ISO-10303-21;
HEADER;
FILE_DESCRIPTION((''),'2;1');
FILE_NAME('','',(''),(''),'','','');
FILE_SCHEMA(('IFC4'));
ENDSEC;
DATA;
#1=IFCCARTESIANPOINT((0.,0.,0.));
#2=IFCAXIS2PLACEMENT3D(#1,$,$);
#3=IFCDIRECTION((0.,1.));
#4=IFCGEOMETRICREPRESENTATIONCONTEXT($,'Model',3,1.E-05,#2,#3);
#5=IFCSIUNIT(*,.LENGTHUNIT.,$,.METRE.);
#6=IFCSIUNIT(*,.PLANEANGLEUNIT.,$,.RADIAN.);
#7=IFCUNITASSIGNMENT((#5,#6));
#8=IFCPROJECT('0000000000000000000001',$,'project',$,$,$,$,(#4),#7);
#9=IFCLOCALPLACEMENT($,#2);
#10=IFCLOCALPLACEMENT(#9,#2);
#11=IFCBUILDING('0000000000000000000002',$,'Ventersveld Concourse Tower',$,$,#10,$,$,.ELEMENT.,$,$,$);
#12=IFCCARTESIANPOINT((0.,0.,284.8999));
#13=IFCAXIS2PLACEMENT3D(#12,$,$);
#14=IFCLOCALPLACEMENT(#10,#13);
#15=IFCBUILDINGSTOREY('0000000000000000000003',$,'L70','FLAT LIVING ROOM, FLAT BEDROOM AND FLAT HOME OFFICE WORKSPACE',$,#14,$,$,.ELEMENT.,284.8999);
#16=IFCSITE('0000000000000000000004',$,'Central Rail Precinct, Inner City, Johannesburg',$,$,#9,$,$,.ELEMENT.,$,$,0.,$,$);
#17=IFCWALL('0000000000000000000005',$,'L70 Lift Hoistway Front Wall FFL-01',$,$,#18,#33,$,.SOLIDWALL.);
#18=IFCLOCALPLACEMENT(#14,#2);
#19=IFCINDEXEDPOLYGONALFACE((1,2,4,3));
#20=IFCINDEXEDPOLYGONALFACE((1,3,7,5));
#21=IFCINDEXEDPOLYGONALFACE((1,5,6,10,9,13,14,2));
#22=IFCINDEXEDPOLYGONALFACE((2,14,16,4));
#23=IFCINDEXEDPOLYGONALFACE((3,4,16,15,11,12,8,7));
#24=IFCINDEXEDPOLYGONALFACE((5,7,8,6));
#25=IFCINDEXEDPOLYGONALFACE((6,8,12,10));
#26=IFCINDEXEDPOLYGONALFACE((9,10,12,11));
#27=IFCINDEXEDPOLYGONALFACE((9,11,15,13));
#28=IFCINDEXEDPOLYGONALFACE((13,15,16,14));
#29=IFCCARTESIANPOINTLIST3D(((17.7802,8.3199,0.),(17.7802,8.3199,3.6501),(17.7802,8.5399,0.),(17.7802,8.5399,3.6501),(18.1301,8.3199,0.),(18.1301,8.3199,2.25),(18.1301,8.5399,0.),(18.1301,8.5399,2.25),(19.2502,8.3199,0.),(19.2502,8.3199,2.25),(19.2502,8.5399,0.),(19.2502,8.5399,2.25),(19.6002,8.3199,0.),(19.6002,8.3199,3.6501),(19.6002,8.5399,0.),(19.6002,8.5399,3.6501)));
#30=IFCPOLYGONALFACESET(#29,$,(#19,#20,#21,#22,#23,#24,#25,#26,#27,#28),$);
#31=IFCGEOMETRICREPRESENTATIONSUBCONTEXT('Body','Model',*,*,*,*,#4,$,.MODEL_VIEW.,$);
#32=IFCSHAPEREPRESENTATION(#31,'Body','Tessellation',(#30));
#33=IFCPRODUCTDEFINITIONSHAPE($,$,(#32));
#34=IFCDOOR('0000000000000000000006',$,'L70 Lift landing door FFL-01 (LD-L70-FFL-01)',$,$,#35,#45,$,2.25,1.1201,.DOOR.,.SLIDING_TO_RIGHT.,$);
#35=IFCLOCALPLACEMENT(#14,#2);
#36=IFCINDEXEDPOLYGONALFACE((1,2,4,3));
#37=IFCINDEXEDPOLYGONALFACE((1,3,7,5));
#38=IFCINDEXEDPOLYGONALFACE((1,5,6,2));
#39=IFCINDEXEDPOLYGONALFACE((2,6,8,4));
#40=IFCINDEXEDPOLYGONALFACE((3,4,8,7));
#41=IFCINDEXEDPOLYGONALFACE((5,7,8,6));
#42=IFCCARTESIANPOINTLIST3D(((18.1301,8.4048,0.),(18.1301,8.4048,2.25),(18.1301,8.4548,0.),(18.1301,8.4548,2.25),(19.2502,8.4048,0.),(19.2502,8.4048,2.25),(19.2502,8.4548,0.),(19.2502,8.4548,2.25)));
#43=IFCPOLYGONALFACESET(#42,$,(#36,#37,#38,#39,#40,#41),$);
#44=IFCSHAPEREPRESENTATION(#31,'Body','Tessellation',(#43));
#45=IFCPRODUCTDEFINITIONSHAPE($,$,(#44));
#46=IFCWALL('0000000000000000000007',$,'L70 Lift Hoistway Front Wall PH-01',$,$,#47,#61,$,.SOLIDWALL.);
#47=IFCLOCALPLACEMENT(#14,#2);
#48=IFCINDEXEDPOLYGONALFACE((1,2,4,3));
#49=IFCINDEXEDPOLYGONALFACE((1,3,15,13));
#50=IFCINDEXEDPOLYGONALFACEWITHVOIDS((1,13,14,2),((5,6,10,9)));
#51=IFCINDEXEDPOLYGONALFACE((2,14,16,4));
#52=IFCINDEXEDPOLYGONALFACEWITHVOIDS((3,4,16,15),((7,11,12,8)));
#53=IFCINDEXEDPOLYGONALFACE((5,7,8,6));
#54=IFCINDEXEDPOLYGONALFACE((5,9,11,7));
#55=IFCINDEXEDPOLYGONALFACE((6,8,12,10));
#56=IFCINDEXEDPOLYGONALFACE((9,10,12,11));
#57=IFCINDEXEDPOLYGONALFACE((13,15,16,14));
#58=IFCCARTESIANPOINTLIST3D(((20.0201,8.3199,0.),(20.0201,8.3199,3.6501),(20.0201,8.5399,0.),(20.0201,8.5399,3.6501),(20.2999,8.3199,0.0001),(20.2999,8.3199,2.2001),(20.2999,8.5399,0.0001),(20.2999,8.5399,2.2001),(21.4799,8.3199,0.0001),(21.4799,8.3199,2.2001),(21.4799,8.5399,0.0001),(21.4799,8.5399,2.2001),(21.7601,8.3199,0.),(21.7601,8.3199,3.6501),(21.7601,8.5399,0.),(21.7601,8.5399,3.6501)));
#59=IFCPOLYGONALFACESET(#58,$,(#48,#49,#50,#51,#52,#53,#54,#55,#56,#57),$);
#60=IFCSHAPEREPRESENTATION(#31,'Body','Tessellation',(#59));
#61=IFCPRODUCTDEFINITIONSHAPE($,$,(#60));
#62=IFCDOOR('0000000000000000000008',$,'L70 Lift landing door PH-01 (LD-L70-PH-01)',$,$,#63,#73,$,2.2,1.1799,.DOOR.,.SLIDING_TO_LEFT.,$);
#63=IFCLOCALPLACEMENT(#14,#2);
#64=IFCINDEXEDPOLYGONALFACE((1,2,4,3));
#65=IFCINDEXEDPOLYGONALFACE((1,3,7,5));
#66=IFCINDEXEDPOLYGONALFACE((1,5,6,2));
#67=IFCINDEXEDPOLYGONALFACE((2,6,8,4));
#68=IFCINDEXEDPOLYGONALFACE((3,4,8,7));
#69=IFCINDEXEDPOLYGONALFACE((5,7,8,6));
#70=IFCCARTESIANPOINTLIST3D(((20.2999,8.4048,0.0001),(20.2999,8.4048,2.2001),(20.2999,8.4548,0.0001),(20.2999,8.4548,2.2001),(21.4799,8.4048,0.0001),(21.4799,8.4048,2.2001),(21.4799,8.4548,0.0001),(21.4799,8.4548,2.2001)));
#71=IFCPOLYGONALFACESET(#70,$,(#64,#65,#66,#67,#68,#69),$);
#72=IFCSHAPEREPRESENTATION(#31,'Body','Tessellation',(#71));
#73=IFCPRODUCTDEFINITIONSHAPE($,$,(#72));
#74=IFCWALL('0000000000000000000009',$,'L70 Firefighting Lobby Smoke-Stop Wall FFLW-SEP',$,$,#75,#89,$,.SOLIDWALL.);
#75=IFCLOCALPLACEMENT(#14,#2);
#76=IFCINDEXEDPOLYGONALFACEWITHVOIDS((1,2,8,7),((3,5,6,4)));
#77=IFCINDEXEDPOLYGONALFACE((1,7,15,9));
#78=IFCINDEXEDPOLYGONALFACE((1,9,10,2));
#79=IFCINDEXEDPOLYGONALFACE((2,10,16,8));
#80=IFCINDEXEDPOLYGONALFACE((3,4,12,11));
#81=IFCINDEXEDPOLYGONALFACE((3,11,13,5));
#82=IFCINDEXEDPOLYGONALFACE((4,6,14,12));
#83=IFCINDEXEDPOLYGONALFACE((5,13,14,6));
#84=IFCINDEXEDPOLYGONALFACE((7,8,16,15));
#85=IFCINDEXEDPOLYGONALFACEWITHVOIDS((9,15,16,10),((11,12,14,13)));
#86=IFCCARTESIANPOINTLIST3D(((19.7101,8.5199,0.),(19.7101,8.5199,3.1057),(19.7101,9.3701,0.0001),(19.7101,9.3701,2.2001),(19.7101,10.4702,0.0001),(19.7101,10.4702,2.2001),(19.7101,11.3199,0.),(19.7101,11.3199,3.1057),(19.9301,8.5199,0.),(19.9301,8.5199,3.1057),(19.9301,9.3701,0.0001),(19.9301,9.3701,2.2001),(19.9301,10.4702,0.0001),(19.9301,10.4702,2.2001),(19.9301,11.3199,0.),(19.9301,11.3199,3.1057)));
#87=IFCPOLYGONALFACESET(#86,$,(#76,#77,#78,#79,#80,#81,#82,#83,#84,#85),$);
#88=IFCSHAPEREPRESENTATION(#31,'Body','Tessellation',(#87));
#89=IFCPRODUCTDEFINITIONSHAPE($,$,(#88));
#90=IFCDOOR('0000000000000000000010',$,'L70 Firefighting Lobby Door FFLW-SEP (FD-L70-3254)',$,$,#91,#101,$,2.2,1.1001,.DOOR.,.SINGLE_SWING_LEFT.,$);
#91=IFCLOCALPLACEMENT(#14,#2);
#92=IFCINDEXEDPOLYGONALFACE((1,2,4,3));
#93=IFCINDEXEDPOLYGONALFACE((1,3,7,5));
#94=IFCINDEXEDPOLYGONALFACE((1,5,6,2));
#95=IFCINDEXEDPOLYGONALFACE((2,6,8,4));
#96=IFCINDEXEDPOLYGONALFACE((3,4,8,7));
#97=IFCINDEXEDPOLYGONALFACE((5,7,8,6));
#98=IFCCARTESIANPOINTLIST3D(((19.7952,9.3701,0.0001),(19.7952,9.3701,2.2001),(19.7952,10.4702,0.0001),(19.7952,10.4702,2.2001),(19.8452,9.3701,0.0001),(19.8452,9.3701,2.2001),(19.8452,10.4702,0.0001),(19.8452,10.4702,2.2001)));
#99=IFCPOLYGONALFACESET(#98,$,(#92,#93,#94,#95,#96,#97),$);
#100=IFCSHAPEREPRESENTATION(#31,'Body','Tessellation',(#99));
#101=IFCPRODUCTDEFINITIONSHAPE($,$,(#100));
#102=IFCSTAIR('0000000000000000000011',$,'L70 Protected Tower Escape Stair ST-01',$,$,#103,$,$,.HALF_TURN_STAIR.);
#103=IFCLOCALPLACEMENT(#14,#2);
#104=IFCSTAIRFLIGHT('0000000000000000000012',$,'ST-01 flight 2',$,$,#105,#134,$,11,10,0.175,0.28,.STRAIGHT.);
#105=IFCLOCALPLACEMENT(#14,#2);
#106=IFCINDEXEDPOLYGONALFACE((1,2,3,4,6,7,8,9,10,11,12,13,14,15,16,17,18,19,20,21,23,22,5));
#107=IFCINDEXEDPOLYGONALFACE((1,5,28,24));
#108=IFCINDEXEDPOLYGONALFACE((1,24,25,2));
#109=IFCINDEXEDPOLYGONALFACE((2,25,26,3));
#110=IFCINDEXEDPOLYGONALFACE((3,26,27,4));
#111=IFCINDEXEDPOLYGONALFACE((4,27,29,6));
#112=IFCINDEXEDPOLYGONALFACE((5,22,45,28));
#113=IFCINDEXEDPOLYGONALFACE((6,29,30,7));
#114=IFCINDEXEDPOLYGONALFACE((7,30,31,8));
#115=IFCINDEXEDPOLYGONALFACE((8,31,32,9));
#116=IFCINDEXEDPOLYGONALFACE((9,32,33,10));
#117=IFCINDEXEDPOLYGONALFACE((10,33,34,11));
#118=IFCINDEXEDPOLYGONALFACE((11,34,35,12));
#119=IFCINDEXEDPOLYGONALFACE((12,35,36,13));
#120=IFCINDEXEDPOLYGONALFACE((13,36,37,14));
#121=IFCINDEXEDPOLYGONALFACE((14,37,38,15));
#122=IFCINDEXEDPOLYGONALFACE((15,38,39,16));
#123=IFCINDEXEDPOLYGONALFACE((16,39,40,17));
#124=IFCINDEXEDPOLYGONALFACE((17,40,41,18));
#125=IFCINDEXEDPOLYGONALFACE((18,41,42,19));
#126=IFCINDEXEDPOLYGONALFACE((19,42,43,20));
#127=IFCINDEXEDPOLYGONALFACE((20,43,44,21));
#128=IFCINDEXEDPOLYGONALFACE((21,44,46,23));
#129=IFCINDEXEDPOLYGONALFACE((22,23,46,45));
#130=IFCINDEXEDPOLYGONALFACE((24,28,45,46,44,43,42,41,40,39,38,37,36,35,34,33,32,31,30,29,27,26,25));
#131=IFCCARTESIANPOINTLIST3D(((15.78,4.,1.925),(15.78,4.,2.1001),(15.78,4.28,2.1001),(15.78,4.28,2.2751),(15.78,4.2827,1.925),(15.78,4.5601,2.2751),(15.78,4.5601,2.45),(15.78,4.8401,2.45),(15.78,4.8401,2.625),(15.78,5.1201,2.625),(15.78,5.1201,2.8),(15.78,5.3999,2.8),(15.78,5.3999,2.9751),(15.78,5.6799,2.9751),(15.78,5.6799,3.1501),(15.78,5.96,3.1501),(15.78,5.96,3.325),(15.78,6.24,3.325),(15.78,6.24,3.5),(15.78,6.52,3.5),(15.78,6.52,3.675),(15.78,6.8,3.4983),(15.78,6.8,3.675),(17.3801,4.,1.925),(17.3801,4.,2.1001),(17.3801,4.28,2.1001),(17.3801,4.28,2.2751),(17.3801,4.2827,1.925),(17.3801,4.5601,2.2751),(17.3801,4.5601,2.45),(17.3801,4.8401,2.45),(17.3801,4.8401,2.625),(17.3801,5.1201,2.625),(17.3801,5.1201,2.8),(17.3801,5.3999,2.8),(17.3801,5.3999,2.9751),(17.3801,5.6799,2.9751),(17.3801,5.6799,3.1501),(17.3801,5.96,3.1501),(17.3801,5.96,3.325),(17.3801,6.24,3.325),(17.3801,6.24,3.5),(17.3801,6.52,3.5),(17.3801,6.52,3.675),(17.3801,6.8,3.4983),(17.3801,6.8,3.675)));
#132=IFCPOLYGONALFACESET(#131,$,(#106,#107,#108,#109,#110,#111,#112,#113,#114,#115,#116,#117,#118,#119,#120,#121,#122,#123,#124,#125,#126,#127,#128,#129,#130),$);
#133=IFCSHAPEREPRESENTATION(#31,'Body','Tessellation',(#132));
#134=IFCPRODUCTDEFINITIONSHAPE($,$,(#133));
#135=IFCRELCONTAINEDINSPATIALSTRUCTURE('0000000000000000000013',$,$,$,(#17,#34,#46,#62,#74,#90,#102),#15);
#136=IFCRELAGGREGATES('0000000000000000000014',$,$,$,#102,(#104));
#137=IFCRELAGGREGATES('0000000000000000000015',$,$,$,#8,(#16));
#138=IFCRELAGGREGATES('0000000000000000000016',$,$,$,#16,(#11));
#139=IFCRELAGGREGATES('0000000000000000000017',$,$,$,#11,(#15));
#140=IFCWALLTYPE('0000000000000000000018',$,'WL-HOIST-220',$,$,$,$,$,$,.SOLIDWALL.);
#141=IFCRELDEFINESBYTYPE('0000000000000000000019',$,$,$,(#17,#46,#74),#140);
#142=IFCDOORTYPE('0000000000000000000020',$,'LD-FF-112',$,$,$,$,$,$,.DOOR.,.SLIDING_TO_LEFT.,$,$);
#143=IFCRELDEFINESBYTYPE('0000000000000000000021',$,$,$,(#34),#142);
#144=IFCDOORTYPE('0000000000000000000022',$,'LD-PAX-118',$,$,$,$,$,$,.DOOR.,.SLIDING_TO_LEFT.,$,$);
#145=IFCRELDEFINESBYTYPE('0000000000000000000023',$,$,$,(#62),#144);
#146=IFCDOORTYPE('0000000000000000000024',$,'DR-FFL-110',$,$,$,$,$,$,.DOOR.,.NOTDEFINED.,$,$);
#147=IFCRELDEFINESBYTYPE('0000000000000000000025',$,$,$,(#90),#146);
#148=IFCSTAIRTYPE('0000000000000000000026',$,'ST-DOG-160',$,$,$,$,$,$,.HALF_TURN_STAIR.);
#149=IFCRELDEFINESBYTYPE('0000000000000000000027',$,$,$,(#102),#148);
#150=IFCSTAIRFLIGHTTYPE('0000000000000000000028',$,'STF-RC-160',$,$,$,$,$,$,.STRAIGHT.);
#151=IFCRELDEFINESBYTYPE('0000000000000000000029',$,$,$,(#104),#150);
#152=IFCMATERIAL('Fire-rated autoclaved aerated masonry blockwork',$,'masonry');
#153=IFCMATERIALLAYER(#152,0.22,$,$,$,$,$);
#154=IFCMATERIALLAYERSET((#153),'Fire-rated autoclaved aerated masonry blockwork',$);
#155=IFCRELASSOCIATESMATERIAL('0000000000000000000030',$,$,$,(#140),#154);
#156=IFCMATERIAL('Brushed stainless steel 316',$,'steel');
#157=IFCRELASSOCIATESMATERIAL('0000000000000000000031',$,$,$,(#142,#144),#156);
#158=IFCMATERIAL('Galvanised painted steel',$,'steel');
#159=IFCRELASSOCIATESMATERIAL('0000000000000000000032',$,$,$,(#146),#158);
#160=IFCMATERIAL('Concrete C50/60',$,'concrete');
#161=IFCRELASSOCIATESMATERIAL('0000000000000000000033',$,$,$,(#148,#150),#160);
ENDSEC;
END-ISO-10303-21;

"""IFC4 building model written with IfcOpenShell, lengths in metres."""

from ifc_helpers import new_model, si_unit, direction, frame, frame_2d, origin, place, context, subcontext, project, spatial, polyline, rectangle, outline, extrude, material, layer, layer_set, type_object, element, fill, aggregate, save


model = new_model("IFC4")

# Units and contexts
model_context = context("Model", 3, precision=1e-05, world=origin(), true_north=direction((0.0, 1.0)))
body_context = subcontext(model_context, "Body", "Model", "MODEL_VIEW")
ifc_project = project(units=[si_unit("LENGTHUNIT", "METRE"), si_unit("PLANEANGLEUNIT", "RADIAN")], contexts=[model_context])

# Site, building, storey
site_placement = place(None, origin())
site = spatial("IfcSite", under=ifc_project, at=site_placement, Name="Central Rail Precinct, Inner City, Johannesburg", CompositionType="ELEMENT", RefElevation=0.0)
building_placement = place(site_placement, origin())
building = spatial("IfcBuilding", under=site, at=building_placement, Name="Ventersveld Concourse Tower", CompositionType="ELEMENT")
storey_placement = place(building_placement, frame((0.0, 0.0, 284.8999)))
storey = spatial("IfcBuildingStorey", under=building, at=storey_placement, Name="L70", Description="FLAT LIVING ROOM, FLAT BEDROOM AND FLAT HOME OFFICE WORKSPACE", CompositionType="ELEMENT", Elevation=284.8999)

# Shared definitions
ifc_material_1 = material(Name="Concrete C50/60", Category="concrete")

# Shared definitions
ifc_material_2 = material(Name="Fire-rated autoclaved aerated masonry blockwork", Category="masonry")
ifc_layer_1 = layer(ifc_material_2, 0.22)
ifc_layer_set_1 = layer_set([ifc_layer_1], Name="Fire-rated autoclaved aerated masonry blockwork")
wall_type_1 = type_object("IfcWallType", Name="WL-HOIST-220", PredefinedType="SOLIDWALL", material=ifc_layer_set_1)

# Walls, openings, doors
wall_1_placement = place(storey_placement, frame((17.78, 8.4299, 0.0), z_axis=(0.0, 0.0, 1.0), x_axis=(1.0, 0.0, 0.0)))
wall_1 = element("IfcWall", 1, at=wall_1_placement, inside=storey, type_object=wall_type_1, Name="L70 Lift Hoistway Front Wall FFL-01", PredefinedType="SOLIDWALL", context=body_context, shape_type="SweptSolid", body=[
    extrude(rectangle(XDim=1.8201, YDim=0.22, at=frame_2d((0.9102, 0.0))), origin(), (0.0, 0.0, 1.0), 3.6501),
])
opening_1_placement = place(wall_1_placement, frame((0.3501, 0.0, 0.0)))
opening_1 = element("IfcOpeningElement", 2, at=opening_1_placement, cuts=wall_1, PredefinedType="OPENING", context=body_context, shape_type="SweptSolid", body=[
    extrude(rectangle(XDim=1.1201, YDim=2.25, at=frame_2d((0.5601, 1.125))), frame((0.0, 0.1201, 0.0), z_axis=(0.0, -1.0, 0.0), x_axis=(1.0, 0.0, 0.0)), (0.0, 0.0, 1.0), 0.24),
])
ifc_material_3 = material(Name="Brushed stainless steel 316", Category="steel")
door_type_1 = type_object("IfcDoorType", Name="LD-FF-112", OperationType="SLIDING_TO_LEFT", PredefinedType="DOOR", material=ifc_material_3)
door_1_placement = place(opening_1_placement, origin())
door_1 = element("IfcDoor", 3, at=door_1_placement, inside=storey, type_object=door_type_1, Name="L70 Lift landing door FFL-01 (LD-L70-FFL-01)", OperationType="SLIDING_TO_RIGHT", OverallHeight=2.25, OverallWidth=1.1201, PredefinedType="DOOR", context=body_context, shape_type="SweptSolid", body=[
    extrude(rectangle(XDim=1.1201, YDim=2.25, at=frame_2d((0.5601, 1.125))), frame((0.0, 0.0249, 0.0), z_axis=(0.0, -1.0, 0.0), x_axis=(1.0, 0.0, 0.0)), (0.0, 0.0, 1.0), 0.05),
])
fill(opening_1, door_1)
wall_2_placement = place(storey_placement, frame((20.02, 8.4299, 0.0), z_axis=(0.0, 0.0, 1.0), x_axis=(1.0, 0.0, 0.0)))
wall_2 = element("IfcWall", 4, at=wall_2_placement, inside=storey, type_object=wall_type_1, Name="L70 Lift Hoistway Front Wall PH-01", PredefinedType="SOLIDWALL", context=body_context, shape_type="SweptSolid", body=[
    extrude(rectangle(XDim=1.74, YDim=0.22, at=frame_2d((0.8701, 0.0))), origin(), (0.0, 0.0, 1.0), 3.6501),
])
opening_2_placement = place(wall_2_placement, frame((0.28, 0.0, 0.0)))
opening_2 = element("IfcOpeningElement", 5, at=opening_2_placement, cuts=wall_2, PredefinedType="OPENING", context=body_context, shape_type="SweptSolid", body=[
    extrude(rectangle(XDim=1.1799, YDim=2.2, at=frame_2d((0.5898, 1.1001))), frame((0.0, 0.1201, 0.0), z_axis=(0.0, -1.0, 0.0), x_axis=(1.0, 0.0, 0.0)), (0.0, 0.0, 1.0), 0.24),
])
door_type_2 = type_object("IfcDoorType", Name="LD-PAX-118", OperationType="SLIDING_TO_LEFT", PredefinedType="DOOR", material=ifc_material_3)
door_2_placement = place(opening_2_placement, origin())
door_2 = element("IfcDoor", 6, at=door_2_placement, inside=storey, type_object=door_type_2, Name="L70 Lift landing door PH-01 (LD-L70-PH-01)", OperationType="SLIDING_TO_LEFT", OverallHeight=2.2, OverallWidth=1.1799, PredefinedType="DOOR", context=body_context, shape_type="SweptSolid", body=[
    extrude(rectangle(XDim=1.1799, YDim=2.2, at=frame_2d((0.5898, 1.1001))), frame((0.0, 0.0249, 0.0), z_axis=(0.0, -1.0, 0.0), x_axis=(1.0, 0.0, 0.0)), (0.0, 0.0, 1.0), 0.05),
])
fill(opening_2, door_2)
wall_3_placement = place(storey_placement, frame((19.8201, 8.52, 0.0), z_axis=(0.0, 0.0, 1.0), x_axis=(0.0, 1.0, 0.0)))
wall_3 = element("IfcWall", 7, at=wall_3_placement, inside=storey, type_object=wall_type_1, Name="L70 Firefighting Lobby Smoke-Stop Wall FFLW-SEP", PredefinedType="SOLIDWALL", context=body_context, shape_type="SweptSolid", body=[
    extrude(rectangle(XDim=2.8, YDim=0.22, at=frame_2d((1.3999, 0.0))), origin(), (0.0, 0.0, 1.0), 3.1057),
])
opening_3_placement = place(wall_3_placement, frame((0.8501, 0.0, 0.0)))
opening_3 = element("IfcOpeningElement", 8, at=opening_3_placement, cuts=wall_3, PredefinedType="OPENING", context=body_context, shape_type="SweptSolid", body=[
    extrude(rectangle(XDim=1.1001, YDim=2.2, at=frame_2d((0.55, 1.1001))), frame((0.0, 0.1201, 0.0), z_axis=(0.0, -1.0, 0.0), x_axis=(1.0, 0.0, 0.0)), (0.0, 0.0, 1.0), 0.24),
])
ifc_material_4 = material(Name="Galvanised painted steel", Category="steel")
door_type_3 = type_object("IfcDoorType", Name="DR-FFL-110", OperationType="NOTDEFINED", PredefinedType="DOOR", material=ifc_material_4)
door_3_placement = place(opening_3_placement, origin())
door_3 = element("IfcDoor", 9, at=door_3_placement, inside=storey, type_object=door_type_3, Name="L70 Firefighting Lobby Door FFLW-SEP (FD-L70-3254)", OperationType="SINGLE_SWING_LEFT", OverallHeight=2.2, OverallWidth=1.1001, PredefinedType="DOOR", context=body_context, shape_type="SweptSolid", body=[
    extrude(rectangle(XDim=1.1001, YDim=2.2, at=frame_2d((0.55, 1.1001))), frame((0.0, 0.0249, 0.0), z_axis=(0.0, -1.0, 0.0), x_axis=(1.0, 0.0, 0.0)), (0.0, 0.0, 1.0), 0.05),
])
fill(opening_3, door_3)

# Stair, stair flight
stair_type = type_object("IfcStairType", Name="ST-DOG-160", PredefinedType="HALF_TURN_STAIR", material=ifc_material_1)
stair_placement = place(storey_placement, origin())
stair = element("IfcStair", 10, at=stair_placement, inside=storey, type_object=stair_type, Name="L70 Protected Tower Escape Stair ST-01", PredefinedType="HALF_TURN_STAIR")
stair_flight_type = type_object("IfcStairFlightType", Name="STF-RC-160", PredefinedType="STRAIGHT", material=ifc_material_1)
stair_flight_placement = place(storey_placement, frame((16.5801, 4.0, 1.925), z_axis=(0.0, 0.0, 1.0), x_axis=(0.0, 1.0, 0.0)))
stair_flight = element("IfcStairFlight", 11, at=stair_flight_placement, type_object=stair_flight_type, Name="ST-01 flight 2", NumberOfRisers=11, NumberOfTreads=10, PredefinedType="STRAIGHT", RiserHeight=0.175, TreadLength=0.28, context=body_context, shape_type="SweptSolid", body=[
    extrude(outline(polyline([(0.0, 0.0), (0.0, 0.175), (0.28, 0.175), (0.28, 0.3501), (0.5601, 0.3501), (0.5601, 0.5249), (0.8401, 0.5249), (0.8401, 0.7), (1.1201, 0.7), (1.1201, 0.875), (1.3999, 0.875), (1.3999, 1.05), (1.6799, 1.05), (1.6799, 1.2251), (1.96, 1.2251), (1.96, 1.3999), (2.24, 1.3999), (2.24, 1.575), (2.52, 1.575), (2.52, 1.75), (2.8, 1.75), (2.8, 1.925), (2.8, 1.5732), (0.2827, 0.0), (0.0, 0.0)])), frame((0.0, 0.8, 0.0), z_axis=(0.0, -1.0, 0.0), x_axis=(1.0, 0.0, 0.0)), (0.0, 0.0, 1.0), 1.6001),
])
aggregate(stair, [stair_flight])

save(model, "model.ifc")
